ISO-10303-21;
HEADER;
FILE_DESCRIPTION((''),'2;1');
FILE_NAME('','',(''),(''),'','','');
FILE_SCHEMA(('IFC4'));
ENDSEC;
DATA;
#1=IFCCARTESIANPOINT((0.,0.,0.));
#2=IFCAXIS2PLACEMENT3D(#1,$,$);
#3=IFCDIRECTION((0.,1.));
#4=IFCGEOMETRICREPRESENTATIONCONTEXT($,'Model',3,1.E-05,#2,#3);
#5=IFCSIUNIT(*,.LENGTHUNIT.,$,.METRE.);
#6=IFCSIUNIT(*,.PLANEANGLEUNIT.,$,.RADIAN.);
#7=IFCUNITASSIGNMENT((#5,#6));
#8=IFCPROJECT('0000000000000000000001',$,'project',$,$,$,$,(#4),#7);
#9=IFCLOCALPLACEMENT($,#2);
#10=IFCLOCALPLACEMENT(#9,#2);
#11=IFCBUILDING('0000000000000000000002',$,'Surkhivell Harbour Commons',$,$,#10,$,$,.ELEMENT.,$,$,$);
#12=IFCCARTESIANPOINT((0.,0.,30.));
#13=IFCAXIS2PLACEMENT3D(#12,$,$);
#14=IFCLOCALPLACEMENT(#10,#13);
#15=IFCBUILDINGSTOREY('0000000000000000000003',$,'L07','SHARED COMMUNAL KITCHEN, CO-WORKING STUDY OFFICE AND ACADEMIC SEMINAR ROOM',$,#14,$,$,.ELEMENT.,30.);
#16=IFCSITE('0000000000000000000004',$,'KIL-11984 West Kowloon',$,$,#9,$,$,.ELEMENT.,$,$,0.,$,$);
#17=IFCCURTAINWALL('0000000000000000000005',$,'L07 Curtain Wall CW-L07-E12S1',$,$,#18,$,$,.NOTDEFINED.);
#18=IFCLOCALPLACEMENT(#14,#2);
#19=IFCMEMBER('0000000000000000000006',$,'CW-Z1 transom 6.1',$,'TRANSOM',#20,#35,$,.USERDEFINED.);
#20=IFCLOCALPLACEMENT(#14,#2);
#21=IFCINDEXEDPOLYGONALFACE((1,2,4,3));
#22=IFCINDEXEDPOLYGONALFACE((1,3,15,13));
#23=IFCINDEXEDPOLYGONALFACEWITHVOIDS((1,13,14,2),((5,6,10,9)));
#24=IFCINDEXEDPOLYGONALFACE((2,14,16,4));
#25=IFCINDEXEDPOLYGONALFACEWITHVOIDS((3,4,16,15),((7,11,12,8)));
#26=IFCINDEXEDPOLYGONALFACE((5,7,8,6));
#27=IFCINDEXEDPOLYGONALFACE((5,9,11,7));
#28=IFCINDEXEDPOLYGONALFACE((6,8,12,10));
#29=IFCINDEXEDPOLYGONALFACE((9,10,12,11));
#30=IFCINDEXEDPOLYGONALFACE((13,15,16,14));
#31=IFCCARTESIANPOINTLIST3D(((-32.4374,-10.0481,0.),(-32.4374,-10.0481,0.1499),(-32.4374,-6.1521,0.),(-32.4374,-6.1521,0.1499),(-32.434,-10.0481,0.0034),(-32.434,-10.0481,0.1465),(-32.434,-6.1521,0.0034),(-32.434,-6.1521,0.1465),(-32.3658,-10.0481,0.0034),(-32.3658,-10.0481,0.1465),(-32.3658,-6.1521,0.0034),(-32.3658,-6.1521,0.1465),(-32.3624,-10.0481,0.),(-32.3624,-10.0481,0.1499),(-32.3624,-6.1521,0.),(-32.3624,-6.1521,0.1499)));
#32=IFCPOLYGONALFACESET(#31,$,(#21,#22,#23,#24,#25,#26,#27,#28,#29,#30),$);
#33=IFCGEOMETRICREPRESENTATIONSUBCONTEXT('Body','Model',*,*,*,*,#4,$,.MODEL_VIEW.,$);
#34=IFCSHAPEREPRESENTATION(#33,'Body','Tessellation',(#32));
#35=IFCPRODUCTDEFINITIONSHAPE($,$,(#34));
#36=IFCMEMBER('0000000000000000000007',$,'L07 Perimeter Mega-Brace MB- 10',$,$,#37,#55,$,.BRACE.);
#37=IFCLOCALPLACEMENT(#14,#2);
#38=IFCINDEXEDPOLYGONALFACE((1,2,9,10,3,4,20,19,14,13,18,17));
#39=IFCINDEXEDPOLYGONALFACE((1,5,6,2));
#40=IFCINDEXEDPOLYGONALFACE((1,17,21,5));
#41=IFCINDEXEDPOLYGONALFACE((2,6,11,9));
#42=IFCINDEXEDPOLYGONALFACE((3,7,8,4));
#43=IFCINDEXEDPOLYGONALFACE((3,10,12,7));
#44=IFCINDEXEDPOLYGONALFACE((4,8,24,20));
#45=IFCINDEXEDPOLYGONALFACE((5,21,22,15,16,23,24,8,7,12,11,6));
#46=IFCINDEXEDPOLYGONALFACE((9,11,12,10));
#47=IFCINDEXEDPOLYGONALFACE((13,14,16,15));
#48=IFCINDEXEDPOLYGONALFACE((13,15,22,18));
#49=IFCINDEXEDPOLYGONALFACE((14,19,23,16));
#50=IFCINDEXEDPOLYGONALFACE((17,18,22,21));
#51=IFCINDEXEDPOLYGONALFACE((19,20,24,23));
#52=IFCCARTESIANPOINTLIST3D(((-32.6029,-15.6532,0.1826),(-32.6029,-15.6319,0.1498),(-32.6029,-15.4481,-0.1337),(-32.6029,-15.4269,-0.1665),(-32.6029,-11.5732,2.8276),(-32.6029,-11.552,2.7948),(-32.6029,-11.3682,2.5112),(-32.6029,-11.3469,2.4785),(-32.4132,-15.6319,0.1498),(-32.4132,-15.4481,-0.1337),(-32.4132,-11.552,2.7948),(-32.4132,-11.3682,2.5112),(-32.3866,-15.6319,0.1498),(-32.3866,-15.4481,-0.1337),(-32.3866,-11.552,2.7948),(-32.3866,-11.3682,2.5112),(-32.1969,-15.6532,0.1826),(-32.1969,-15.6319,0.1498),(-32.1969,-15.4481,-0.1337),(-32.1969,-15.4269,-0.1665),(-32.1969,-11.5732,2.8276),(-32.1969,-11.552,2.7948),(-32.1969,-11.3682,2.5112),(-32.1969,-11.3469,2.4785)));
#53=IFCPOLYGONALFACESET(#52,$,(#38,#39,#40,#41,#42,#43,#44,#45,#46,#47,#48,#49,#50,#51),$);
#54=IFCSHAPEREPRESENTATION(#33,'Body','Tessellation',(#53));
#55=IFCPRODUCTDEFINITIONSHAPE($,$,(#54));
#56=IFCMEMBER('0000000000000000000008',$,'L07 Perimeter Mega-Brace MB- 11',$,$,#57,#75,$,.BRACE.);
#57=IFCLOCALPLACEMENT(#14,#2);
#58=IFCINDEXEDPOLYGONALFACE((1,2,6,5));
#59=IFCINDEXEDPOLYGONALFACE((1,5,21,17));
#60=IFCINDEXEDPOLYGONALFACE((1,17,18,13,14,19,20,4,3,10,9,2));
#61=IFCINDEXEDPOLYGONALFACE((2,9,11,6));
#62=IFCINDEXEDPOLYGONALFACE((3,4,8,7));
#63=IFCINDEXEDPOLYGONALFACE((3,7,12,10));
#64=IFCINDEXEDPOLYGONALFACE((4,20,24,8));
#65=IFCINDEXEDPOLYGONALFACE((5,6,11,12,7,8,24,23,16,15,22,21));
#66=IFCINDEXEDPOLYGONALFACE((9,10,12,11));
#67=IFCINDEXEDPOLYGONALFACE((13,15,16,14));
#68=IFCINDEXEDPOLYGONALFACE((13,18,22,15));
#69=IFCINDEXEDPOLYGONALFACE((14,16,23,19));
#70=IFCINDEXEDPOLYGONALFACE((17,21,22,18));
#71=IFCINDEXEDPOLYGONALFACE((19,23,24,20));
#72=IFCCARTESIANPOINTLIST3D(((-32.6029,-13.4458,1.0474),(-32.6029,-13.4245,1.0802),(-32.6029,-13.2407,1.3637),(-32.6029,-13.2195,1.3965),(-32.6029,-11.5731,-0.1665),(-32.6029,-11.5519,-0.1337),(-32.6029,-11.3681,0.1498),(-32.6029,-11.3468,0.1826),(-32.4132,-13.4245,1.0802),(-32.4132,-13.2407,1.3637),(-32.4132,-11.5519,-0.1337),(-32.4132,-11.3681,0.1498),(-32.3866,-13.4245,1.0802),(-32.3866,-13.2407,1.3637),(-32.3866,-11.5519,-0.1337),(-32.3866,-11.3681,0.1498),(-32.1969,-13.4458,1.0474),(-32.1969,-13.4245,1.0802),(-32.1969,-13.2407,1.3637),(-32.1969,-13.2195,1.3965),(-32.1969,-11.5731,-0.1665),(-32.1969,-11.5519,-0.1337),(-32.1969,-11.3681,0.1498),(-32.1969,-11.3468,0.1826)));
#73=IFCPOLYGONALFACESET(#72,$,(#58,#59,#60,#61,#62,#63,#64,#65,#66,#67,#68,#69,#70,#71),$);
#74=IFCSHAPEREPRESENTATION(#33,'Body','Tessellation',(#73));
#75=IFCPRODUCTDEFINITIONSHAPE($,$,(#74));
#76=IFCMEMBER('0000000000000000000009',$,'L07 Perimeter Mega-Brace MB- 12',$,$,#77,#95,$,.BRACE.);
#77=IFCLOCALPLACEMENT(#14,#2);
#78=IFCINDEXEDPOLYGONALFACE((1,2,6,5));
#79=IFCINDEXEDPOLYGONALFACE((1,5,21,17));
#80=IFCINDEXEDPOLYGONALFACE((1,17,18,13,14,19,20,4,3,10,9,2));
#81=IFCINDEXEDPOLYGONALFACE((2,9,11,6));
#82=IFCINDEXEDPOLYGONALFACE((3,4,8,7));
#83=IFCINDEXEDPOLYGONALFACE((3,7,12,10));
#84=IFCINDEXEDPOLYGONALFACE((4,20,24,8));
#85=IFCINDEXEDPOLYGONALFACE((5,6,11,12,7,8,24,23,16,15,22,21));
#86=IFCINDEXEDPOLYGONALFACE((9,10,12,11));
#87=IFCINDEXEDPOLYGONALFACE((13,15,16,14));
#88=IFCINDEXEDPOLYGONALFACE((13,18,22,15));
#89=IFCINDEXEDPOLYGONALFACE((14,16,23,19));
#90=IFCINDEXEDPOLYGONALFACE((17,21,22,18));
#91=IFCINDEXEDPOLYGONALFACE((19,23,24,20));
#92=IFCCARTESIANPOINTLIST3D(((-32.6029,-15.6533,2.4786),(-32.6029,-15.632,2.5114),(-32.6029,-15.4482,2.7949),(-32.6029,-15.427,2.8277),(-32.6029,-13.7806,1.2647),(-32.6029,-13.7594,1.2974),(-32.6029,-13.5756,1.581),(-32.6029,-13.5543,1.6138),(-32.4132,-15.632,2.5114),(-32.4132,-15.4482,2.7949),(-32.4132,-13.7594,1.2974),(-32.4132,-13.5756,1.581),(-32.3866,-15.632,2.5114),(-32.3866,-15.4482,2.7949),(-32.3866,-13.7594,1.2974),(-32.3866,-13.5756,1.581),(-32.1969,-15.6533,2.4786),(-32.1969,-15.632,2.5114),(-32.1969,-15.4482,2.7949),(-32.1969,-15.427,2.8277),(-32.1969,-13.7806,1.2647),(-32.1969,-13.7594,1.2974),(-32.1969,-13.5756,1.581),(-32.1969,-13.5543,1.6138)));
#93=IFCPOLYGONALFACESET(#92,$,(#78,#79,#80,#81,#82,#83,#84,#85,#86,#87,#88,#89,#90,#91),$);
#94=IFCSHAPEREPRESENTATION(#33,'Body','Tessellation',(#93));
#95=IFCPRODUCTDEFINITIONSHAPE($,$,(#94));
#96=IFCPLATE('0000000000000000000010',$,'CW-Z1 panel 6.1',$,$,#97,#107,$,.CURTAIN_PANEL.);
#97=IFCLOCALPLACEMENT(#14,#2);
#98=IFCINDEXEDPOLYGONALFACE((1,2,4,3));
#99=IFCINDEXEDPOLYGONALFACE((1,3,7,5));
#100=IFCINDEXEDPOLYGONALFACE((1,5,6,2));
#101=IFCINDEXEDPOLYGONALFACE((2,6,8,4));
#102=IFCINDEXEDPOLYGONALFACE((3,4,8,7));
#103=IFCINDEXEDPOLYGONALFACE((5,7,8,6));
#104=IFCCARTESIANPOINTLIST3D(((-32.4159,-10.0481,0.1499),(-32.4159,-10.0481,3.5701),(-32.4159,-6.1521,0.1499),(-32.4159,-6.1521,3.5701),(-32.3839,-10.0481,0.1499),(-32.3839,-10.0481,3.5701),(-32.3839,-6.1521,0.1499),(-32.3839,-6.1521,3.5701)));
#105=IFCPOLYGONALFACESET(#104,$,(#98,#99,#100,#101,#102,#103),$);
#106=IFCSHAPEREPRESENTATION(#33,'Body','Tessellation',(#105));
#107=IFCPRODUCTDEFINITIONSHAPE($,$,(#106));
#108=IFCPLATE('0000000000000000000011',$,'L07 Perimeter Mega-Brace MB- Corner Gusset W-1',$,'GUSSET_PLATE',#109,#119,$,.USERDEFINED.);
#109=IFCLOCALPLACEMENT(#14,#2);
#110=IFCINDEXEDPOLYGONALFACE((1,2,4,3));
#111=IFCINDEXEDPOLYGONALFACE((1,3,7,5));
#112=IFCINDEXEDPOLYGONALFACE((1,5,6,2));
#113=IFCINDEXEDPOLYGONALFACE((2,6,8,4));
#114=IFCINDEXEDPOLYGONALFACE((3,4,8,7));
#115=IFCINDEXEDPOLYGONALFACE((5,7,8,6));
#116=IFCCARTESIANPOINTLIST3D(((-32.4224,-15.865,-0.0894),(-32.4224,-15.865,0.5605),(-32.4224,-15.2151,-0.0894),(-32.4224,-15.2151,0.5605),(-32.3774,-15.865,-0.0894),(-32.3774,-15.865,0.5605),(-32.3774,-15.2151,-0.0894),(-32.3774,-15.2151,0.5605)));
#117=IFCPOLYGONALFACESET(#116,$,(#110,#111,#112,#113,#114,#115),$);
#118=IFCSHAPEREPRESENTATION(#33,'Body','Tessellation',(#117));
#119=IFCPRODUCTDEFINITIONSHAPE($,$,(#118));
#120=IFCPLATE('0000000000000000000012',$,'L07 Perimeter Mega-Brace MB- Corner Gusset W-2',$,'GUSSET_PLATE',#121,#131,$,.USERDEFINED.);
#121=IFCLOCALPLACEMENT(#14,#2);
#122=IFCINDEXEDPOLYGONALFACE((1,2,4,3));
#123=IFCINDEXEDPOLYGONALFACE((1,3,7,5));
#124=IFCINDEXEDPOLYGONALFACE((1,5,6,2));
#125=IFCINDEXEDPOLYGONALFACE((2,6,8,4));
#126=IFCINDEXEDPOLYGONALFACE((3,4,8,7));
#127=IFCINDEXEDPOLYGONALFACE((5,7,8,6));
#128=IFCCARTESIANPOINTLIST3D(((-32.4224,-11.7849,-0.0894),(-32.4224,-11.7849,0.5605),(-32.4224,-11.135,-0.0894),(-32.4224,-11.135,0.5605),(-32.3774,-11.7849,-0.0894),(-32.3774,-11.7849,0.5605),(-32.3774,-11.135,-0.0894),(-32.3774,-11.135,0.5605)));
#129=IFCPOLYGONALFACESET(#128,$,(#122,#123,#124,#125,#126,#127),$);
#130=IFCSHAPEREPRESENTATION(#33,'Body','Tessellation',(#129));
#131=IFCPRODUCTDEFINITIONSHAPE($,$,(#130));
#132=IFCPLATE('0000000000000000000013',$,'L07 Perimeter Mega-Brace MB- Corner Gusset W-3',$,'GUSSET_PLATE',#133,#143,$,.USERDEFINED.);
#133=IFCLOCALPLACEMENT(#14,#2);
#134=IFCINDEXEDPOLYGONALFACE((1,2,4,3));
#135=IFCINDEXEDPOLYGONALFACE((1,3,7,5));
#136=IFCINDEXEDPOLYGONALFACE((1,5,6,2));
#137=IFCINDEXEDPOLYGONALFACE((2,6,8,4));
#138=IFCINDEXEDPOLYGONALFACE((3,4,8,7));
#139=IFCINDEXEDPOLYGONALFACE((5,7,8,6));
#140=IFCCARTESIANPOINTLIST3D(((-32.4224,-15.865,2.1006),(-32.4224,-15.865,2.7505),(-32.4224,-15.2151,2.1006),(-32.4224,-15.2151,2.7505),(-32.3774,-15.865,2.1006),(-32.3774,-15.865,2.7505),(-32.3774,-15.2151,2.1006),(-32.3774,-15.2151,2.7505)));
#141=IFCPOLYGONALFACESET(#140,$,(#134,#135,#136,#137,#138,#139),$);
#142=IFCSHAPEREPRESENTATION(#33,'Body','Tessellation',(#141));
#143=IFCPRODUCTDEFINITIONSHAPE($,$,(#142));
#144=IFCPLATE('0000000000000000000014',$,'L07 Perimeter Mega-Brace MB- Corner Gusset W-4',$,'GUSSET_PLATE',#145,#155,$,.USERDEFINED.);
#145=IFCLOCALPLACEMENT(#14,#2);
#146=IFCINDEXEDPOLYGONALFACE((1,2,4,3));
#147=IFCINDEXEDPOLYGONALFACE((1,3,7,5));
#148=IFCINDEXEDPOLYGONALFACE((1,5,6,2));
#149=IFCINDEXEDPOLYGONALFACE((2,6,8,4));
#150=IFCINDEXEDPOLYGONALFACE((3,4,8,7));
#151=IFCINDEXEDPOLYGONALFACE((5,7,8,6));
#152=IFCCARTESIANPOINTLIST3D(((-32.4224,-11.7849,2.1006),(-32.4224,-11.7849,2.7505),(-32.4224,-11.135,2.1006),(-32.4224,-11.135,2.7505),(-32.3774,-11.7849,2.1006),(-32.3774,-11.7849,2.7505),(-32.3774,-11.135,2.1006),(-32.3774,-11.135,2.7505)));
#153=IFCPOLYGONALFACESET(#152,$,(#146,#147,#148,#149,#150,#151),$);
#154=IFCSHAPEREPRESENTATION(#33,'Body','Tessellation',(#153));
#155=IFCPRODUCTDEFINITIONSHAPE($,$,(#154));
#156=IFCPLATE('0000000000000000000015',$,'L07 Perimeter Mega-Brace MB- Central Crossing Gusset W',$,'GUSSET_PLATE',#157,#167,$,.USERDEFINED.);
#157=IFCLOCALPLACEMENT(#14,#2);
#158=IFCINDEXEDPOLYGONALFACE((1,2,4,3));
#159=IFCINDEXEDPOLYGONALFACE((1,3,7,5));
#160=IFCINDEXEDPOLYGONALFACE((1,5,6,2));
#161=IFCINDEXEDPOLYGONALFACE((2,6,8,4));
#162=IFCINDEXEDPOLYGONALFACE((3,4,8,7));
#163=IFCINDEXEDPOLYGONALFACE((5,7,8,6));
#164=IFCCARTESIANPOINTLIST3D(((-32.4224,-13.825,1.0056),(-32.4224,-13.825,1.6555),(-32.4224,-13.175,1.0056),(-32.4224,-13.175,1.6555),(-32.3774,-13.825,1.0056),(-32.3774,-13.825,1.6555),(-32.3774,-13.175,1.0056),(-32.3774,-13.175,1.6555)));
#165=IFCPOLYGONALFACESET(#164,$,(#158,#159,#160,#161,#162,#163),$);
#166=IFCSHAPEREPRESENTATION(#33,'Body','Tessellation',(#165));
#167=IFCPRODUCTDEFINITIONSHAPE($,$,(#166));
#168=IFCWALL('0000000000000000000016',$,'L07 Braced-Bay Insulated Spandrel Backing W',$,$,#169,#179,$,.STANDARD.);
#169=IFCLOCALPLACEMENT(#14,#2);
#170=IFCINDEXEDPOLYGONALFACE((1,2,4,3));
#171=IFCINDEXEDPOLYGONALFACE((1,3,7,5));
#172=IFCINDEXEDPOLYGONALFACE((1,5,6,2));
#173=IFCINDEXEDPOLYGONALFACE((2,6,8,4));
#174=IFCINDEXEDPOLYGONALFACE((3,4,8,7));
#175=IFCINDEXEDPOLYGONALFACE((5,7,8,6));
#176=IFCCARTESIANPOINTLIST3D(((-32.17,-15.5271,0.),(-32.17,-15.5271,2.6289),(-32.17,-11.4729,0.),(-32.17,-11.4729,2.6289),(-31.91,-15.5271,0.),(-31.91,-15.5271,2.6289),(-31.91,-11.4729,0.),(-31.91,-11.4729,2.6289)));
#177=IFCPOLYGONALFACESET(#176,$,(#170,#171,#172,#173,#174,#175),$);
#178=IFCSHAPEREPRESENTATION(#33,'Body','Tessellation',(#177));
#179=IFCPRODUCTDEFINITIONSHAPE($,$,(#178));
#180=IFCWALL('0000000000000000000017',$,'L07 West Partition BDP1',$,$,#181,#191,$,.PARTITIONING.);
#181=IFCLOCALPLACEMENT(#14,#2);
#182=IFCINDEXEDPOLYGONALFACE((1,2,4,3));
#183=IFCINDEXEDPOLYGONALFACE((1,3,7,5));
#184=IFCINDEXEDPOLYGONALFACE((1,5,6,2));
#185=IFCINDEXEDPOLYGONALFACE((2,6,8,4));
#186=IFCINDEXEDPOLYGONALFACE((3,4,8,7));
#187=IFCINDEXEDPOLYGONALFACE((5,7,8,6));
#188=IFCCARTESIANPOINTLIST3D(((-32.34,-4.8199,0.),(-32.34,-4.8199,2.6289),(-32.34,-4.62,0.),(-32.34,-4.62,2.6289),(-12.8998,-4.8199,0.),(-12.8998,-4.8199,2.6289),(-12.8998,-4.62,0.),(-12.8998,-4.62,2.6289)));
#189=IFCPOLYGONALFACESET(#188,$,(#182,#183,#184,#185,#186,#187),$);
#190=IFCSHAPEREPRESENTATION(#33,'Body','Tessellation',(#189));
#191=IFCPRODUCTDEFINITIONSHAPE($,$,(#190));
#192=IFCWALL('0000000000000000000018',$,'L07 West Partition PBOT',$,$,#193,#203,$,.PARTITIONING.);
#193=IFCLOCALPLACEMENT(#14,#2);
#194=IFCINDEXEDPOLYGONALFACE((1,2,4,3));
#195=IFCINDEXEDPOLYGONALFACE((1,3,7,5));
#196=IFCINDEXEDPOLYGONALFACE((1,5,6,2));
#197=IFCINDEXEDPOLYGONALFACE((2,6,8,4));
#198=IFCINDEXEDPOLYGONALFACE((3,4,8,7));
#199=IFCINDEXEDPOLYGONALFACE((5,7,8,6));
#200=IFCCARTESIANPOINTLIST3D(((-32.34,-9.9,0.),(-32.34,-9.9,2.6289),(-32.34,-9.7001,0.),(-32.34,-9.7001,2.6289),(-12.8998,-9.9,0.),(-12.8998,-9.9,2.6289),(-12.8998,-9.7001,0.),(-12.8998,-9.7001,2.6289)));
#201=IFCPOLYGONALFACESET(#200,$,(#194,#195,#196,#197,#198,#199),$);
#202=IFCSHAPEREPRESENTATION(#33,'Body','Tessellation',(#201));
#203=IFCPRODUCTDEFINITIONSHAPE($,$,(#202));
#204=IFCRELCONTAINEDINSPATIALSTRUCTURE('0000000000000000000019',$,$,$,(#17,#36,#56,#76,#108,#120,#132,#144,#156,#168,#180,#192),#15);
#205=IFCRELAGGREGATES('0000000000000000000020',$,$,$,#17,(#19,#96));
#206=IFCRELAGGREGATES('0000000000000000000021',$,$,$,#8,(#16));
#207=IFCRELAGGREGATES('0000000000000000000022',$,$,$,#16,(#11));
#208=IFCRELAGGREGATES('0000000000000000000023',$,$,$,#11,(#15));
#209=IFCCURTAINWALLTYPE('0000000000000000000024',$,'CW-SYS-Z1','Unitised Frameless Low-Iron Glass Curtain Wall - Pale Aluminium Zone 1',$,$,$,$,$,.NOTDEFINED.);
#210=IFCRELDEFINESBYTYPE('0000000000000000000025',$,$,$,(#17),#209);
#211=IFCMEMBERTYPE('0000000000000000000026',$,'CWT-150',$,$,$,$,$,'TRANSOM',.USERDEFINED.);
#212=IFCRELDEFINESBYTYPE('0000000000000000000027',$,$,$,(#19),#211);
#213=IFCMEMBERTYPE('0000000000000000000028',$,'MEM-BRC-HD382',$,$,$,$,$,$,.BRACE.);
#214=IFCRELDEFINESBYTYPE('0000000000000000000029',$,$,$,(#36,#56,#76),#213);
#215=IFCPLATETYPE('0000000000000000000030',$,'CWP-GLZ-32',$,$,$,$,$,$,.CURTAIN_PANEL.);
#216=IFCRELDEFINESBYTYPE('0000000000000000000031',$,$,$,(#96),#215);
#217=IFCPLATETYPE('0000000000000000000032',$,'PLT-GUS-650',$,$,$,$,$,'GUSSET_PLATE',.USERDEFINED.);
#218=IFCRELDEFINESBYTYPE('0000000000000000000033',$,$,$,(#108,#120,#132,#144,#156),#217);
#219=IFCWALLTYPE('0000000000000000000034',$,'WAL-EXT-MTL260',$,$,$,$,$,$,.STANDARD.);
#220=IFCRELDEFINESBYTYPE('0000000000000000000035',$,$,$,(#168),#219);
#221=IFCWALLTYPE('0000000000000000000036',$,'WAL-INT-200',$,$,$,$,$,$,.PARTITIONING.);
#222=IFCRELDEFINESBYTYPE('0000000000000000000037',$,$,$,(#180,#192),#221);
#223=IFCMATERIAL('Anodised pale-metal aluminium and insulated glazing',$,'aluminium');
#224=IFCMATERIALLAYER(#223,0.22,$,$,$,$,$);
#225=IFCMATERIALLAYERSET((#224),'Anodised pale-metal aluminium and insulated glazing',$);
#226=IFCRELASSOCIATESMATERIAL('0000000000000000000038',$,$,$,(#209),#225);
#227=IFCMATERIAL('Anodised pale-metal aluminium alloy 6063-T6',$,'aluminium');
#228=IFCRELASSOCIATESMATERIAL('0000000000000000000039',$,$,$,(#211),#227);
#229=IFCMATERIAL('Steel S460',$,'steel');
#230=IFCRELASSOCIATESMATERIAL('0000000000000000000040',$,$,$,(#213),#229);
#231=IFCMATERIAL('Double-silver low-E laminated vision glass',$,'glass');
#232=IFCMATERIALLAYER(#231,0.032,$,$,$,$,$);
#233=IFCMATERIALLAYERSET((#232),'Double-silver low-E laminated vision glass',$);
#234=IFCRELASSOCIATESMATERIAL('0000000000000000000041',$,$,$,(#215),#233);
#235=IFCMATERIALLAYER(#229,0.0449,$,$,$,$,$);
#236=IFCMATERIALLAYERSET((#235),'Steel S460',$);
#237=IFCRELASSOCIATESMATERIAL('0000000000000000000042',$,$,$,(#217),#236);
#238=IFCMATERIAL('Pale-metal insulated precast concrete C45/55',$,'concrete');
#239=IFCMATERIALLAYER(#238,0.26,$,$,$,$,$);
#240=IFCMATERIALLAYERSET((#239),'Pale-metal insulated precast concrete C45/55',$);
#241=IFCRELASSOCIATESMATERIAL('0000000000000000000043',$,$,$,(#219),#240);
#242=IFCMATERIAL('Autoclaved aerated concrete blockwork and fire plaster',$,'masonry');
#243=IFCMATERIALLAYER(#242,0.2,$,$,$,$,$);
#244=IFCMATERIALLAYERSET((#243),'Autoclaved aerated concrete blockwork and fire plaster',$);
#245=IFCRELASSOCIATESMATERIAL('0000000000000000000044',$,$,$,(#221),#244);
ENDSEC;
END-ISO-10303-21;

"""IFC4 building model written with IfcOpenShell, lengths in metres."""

from ifc_helpers import new_model, si_unit, direction, frame, frame_2d, origin, origin_2d, place, context, subcontext, project, spatial, rectangle, hollow_rectangle, i_section, extrude, material, layer, layer_set, material_profile, profile_set, type_object, element, aggregate, save


model = new_model("IFC4")

# Units and contexts
model_context = context("Model", 3, precision=1e-05, world=origin(), true_north=direction((0.0, 1.0)))
body_context = subcontext(model_context, "Body", "Model", "MODEL_VIEW")
ifc_project = project(units=[si_unit("LENGTHUNIT", "METRE"), si_unit("PLANEANGLEUNIT", "RADIAN")], contexts=[model_context])

# Site, building, storey
site_placement = place(None, origin())
site = spatial("IfcSite", under=ifc_project, at=site_placement, Name="KIL-11984 West Kowloon", CompositionType="ELEMENT", RefElevation=0.0)
building_placement = place(site_placement, origin())
building = spatial("IfcBuilding", under=site, at=building_placement, Name="Surkhivell Harbour Commons", CompositionType="ELEMENT")
storey_placement = place(building_placement, frame((0.0, 0.0, 30.0)))
storey = spatial("IfcBuildingStorey", under=building, at=storey_placement, Name="L07", Description="SHARED COMMUNAL KITCHEN, CO-WORKING STUDY OFFICE AND ACADEMIC SEMINAR ROOM", CompositionType="ELEMENT", Elevation=30.0)

# Shared definitions
ifc_material_1 = material(Name="Steel S460", Category="steel")

# Curtain wall, member
ifc_material_2 = material(Name="Anodised pale-metal aluminium and insulated glazing", Category="aluminium")
ifc_layer_1 = layer(ifc_material_2, 0.22)
ifc_layer_set_1 = layer_set([ifc_layer_1], Name="Anodised pale-metal aluminium and insulated glazing")
curtain_wall_type = type_object("IfcCurtainWallType", Name="CW-SYS-Z1", Description="Unitised Frameless Low-Iron Glass Curtain Wall - Pale Aluminium Zone 1", PredefinedType="NOTDEFINED", material=ifc_layer_set_1)
curtain_wall_placement = place(storey_placement, origin())
curtain_wall = element("IfcCurtainWall", 1, at=curtain_wall_placement, inside=storey, type_object=curtain_wall_type, Name="L07 Curtain Wall CW-L07-E12S1", PredefinedType="NOTDEFINED")
ifc_material_3 = material(Name="Anodised pale-metal aluminium alloy 6063-T6", Category="aluminium")
ifc_material_profile_1 = material_profile(ifc_material_3, hollow_rectangle(XDim=0.075, YDim=0.1499, WallThickness=0.0034, at=origin_2d()), Name="ALU-TRAN-75x150")
ifc_profile_set_1 = profile_set([ifc_material_profile_1], Name="Anodised pale-metal aluminium alloy 6063-T6")
member_type_1 = type_object("IfcMemberType", Name="CWT-150", ElementType="TRANSOM", PredefinedType="USERDEFINED", material=ifc_profile_set_1)
member_1_placement = place(storey_placement, frame((-32.3999, -6.1521, 0.075), z_axis=(0.0, -1.0, 0.0), x_axis=(1.0, 0.0, 0.0)))
member_1 = element("IfcMember", 2, at=member_1_placement, type_object=member_type_1, Name="CW-Z1 transom 6.1", ObjectType="TRANSOM", PredefinedType="USERDEFINED", context=body_context, shape_type="SweptSolid", body=[
    extrude(hollow_rectangle(XDim=0.075, YDim=0.1499, WallThickness=0.0034, at=origin_2d()), origin(), (0.0, 0.0, 1.0), 3.896),
])

# Members
ifc_material_profile_2 = material_profile(ifc_material_1, i_section(OverallWidth=0.406, OverallDepth=0.416, WebThickness=0.0266, FlangeThickness=0.0391, at=origin_2d()), Name="HD400x382")
ifc_profile_set_2 = profile_set([ifc_material_profile_2], Name="Steel S460")
member_type_2 = type_object("IfcMemberType", Name="MEM-BRC-HD382", PredefinedType="BRACE", material=ifc_profile_set_2)
member_2_placement = place(storey_placement, frame((-32.3999, -15.54, 0.0081), z_axis=(0.0, 0.839104, 0.543971), x_axis=(-1.0, 0.0, 0.0)))
element("IfcMember", 3, at=member_2_placement, inside=storey, type_object=member_type_2, Name="L07 Perimeter Mega-Brace MB- 10", PredefinedType="BRACE", context=body_context, shape_type="SweptSolid", body=[
    extrude(i_section(OverallWidth=0.406, OverallDepth=0.416, WebThickness=0.0266, FlangeThickness=0.0391, at=origin_2d()), origin(), (0.0, 0.0, 1.0), 4.8623),
])
for number, where, z_axis, x_axis, name in (
    (4, (-32.3999, -11.46, 0.0081), (0.0, -0.839118, 0.54395), (1.0, 0.0, 0.0), "L07 Perimeter Mega-Brace MB- 11"),
    (5, (-32.3999, -13.6675, 1.4392), (0.0, -0.839118, 0.54395), (1.0, 0.0, 0.0), "L07 Perimeter Mega-Brace MB- 12"),
):
    element("IfcMember", number, at=place(storey_placement, frame(where, z_axis=z_axis, x_axis=x_axis)), inside=storey, type_object=member_type_2, Name=name, PredefinedType="BRACE", context=body_context, shape_type="SweptSolid", body=[
        extrude(i_section(OverallWidth=0.406, OverallDepth=0.416, WebThickness=0.0266, FlangeThickness=0.0391, at=origin_2d()), origin(), (0.0, 0.0, 1.0), 2.2317),
    ])

# Plate
ifc_material_4 = material(Name="Double-silver low-E laminated vision glass", Category="glass")
ifc_layer_2 = layer(ifc_material_4, 0.032)
ifc_layer_set_2 = layer_set([ifc_layer_2], Name="Double-silver low-E laminated vision glass")
plate_type_1 = type_object("IfcPlateType", Name="CWP-GLZ-32", PredefinedType="CURTAIN_PANEL", material=ifc_layer_set_2)
plate_placement = place(storey_placement, frame((-32.3999, -6.1521, 0.1499), z_axis=(0.0, 0.0, 1.0), x_axis=(0.0, -1.0, 0.0)))
plate = element("IfcPlate", 6, at=plate_placement, type_object=plate_type_1, Name="CW-Z1 panel 6.1", PredefinedType="CURTAIN_PANEL", context=body_context, shape_type="SweptSolid", body=[
    extrude(rectangle(XDim=3.896, YDim=0.032, at=frame_2d((1.948, 0.0))), origin(), (0.0, 0.0, 1.0), 3.4202),
])
aggregate(curtain_wall, [member_1, plate])

# Plates
ifc_layer_3 = layer(ifc_material_1, 0.0449)
ifc_layer_set_3 = layer_set([ifc_layer_3], Name="Steel S460")
plate_type_2 = type_object("IfcPlateType", Name="PLT-GUS-650", ElementType="GUSSET_PLATE", PredefinedType="USERDEFINED", material=ifc_layer_set_3)
for number, where, z_axis, x_axis, name in (
    (7, (-32.3999, -15.54, -0.0894), (0.0, 0.0, 1.0), (0.0, 1.0, 0.0), "L07 Perimeter Mega-Brace MB- Corner Gusset W-1"),
    (8, (-32.3999, -11.46, -0.0894), (0.0, 0.0, 1.0), (0.0, 1.0, 0.0), "L07 Perimeter Mega-Brace MB- Corner Gusset W-2"),
    (9, (-32.3999, -15.54, 2.1006), (0.0, 0.0, 1.0), (0.0, 1.0, 0.0), "L07 Perimeter Mega-Brace MB- Corner Gusset W-3"),
    (10, (-32.3999, -11.46, 2.1006), (0.0, 0.0, 1.0), (0.0, 1.0, 0.0), "L07 Perimeter Mega-Brace MB- Corner Gusset W-4"),
    (11, (-32.3999, -13.5, 1.0056), (0.0, 0.0, 1.0), (0.0, 1.0, 0.0), "L07 Perimeter Mega-Brace MB- Central Crossing Gusset W"),
):
    element("IfcPlate", number, at=place(storey_placement, frame(where, z_axis=z_axis, x_axis=x_axis)), inside=storey, type_object=plate_type_2, Name=name, ObjectType="GUSSET_PLATE", PredefinedType="USERDEFINED", context=body_context, shape_type="SweptSolid", body=[
        extrude(rectangle(XDim=0.6499, YDim=0.0449, at=origin_2d()), origin(), (0.0, 0.0, 1.0), 0.6499),
    ])

# Walls
ifc_material_5 = material(Name="Pale-metal insulated precast concrete C45/55", Category="concrete")
ifc_layer_4 = layer(ifc_material_5, 0.26)
ifc_layer_set_4 = layer_set([ifc_layer_4], Name="Pale-metal insulated precast concrete C45/55")
wall_type_1 = type_object("IfcWallType", Name="WAL-EXT-MTL260", PredefinedType="STANDARD", material=ifc_layer_set_4)
wall_placement = place(storey_placement, frame((-32.04, -11.4729, 0.0), z_axis=(0.0, 0.0, 1.0), x_axis=(0.0, -1.0, 0.0)))
element("IfcWall", 12, at=wall_placement, inside=storey, type_object=wall_type_1, Name="L07 Braced-Bay Insulated Spandrel Backing W", PredefinedType="STANDARD", context=body_context, shape_type="SweptSolid", body=[
    extrude(rectangle(XDim=4.0542, YDim=0.26, at=frame_2d((2.0271, 0.0))), origin(), (0.0, 0.0, 1.0), 2.6289),
])
ifc_material_6 = material(Name="Autoclaved aerated concrete blockwork and fire plaster", Category="masonry")
ifc_layer_5 = layer(ifc_material_6, 0.2)
ifc_layer_set_5 = layer_set([ifc_layer_5], Name="Autoclaved aerated concrete blockwork and fire plaster")
wall_type_2 = type_object("IfcWallType", Name="WAL-INT-200", PredefinedType="PARTITIONING", material=ifc_layer_set_5)
for number, where, z_axis, x_axis, name in (
    (13, (-32.3401, -4.72, 0.0), (0.0, 0.0, 1.0), (1.0, 0.0, 0.0), "L07 West Partition BDP1"),
    (14, (-32.3401, -9.8, 0.0), (0.0, 0.0, 1.0), (1.0, 0.0, 0.0), "L07 West Partition PBOT"),
):
    element("IfcWall", number, at=place(storey_placement, frame(where, z_axis=z_axis, x_axis=x_axis)), inside=storey, type_object=wall_type_2, Name=name, PredefinedType="PARTITIONING", context=body_context, shape_type="SweptSolid", body=[
        extrude(rectangle(XDim=19.4402, YDim=0.2, at=frame_2d((9.7202, 0.0))), origin(), (0.0, 0.0, 1.0), 2.6289),
    ])

save(model, "model.ifc")
